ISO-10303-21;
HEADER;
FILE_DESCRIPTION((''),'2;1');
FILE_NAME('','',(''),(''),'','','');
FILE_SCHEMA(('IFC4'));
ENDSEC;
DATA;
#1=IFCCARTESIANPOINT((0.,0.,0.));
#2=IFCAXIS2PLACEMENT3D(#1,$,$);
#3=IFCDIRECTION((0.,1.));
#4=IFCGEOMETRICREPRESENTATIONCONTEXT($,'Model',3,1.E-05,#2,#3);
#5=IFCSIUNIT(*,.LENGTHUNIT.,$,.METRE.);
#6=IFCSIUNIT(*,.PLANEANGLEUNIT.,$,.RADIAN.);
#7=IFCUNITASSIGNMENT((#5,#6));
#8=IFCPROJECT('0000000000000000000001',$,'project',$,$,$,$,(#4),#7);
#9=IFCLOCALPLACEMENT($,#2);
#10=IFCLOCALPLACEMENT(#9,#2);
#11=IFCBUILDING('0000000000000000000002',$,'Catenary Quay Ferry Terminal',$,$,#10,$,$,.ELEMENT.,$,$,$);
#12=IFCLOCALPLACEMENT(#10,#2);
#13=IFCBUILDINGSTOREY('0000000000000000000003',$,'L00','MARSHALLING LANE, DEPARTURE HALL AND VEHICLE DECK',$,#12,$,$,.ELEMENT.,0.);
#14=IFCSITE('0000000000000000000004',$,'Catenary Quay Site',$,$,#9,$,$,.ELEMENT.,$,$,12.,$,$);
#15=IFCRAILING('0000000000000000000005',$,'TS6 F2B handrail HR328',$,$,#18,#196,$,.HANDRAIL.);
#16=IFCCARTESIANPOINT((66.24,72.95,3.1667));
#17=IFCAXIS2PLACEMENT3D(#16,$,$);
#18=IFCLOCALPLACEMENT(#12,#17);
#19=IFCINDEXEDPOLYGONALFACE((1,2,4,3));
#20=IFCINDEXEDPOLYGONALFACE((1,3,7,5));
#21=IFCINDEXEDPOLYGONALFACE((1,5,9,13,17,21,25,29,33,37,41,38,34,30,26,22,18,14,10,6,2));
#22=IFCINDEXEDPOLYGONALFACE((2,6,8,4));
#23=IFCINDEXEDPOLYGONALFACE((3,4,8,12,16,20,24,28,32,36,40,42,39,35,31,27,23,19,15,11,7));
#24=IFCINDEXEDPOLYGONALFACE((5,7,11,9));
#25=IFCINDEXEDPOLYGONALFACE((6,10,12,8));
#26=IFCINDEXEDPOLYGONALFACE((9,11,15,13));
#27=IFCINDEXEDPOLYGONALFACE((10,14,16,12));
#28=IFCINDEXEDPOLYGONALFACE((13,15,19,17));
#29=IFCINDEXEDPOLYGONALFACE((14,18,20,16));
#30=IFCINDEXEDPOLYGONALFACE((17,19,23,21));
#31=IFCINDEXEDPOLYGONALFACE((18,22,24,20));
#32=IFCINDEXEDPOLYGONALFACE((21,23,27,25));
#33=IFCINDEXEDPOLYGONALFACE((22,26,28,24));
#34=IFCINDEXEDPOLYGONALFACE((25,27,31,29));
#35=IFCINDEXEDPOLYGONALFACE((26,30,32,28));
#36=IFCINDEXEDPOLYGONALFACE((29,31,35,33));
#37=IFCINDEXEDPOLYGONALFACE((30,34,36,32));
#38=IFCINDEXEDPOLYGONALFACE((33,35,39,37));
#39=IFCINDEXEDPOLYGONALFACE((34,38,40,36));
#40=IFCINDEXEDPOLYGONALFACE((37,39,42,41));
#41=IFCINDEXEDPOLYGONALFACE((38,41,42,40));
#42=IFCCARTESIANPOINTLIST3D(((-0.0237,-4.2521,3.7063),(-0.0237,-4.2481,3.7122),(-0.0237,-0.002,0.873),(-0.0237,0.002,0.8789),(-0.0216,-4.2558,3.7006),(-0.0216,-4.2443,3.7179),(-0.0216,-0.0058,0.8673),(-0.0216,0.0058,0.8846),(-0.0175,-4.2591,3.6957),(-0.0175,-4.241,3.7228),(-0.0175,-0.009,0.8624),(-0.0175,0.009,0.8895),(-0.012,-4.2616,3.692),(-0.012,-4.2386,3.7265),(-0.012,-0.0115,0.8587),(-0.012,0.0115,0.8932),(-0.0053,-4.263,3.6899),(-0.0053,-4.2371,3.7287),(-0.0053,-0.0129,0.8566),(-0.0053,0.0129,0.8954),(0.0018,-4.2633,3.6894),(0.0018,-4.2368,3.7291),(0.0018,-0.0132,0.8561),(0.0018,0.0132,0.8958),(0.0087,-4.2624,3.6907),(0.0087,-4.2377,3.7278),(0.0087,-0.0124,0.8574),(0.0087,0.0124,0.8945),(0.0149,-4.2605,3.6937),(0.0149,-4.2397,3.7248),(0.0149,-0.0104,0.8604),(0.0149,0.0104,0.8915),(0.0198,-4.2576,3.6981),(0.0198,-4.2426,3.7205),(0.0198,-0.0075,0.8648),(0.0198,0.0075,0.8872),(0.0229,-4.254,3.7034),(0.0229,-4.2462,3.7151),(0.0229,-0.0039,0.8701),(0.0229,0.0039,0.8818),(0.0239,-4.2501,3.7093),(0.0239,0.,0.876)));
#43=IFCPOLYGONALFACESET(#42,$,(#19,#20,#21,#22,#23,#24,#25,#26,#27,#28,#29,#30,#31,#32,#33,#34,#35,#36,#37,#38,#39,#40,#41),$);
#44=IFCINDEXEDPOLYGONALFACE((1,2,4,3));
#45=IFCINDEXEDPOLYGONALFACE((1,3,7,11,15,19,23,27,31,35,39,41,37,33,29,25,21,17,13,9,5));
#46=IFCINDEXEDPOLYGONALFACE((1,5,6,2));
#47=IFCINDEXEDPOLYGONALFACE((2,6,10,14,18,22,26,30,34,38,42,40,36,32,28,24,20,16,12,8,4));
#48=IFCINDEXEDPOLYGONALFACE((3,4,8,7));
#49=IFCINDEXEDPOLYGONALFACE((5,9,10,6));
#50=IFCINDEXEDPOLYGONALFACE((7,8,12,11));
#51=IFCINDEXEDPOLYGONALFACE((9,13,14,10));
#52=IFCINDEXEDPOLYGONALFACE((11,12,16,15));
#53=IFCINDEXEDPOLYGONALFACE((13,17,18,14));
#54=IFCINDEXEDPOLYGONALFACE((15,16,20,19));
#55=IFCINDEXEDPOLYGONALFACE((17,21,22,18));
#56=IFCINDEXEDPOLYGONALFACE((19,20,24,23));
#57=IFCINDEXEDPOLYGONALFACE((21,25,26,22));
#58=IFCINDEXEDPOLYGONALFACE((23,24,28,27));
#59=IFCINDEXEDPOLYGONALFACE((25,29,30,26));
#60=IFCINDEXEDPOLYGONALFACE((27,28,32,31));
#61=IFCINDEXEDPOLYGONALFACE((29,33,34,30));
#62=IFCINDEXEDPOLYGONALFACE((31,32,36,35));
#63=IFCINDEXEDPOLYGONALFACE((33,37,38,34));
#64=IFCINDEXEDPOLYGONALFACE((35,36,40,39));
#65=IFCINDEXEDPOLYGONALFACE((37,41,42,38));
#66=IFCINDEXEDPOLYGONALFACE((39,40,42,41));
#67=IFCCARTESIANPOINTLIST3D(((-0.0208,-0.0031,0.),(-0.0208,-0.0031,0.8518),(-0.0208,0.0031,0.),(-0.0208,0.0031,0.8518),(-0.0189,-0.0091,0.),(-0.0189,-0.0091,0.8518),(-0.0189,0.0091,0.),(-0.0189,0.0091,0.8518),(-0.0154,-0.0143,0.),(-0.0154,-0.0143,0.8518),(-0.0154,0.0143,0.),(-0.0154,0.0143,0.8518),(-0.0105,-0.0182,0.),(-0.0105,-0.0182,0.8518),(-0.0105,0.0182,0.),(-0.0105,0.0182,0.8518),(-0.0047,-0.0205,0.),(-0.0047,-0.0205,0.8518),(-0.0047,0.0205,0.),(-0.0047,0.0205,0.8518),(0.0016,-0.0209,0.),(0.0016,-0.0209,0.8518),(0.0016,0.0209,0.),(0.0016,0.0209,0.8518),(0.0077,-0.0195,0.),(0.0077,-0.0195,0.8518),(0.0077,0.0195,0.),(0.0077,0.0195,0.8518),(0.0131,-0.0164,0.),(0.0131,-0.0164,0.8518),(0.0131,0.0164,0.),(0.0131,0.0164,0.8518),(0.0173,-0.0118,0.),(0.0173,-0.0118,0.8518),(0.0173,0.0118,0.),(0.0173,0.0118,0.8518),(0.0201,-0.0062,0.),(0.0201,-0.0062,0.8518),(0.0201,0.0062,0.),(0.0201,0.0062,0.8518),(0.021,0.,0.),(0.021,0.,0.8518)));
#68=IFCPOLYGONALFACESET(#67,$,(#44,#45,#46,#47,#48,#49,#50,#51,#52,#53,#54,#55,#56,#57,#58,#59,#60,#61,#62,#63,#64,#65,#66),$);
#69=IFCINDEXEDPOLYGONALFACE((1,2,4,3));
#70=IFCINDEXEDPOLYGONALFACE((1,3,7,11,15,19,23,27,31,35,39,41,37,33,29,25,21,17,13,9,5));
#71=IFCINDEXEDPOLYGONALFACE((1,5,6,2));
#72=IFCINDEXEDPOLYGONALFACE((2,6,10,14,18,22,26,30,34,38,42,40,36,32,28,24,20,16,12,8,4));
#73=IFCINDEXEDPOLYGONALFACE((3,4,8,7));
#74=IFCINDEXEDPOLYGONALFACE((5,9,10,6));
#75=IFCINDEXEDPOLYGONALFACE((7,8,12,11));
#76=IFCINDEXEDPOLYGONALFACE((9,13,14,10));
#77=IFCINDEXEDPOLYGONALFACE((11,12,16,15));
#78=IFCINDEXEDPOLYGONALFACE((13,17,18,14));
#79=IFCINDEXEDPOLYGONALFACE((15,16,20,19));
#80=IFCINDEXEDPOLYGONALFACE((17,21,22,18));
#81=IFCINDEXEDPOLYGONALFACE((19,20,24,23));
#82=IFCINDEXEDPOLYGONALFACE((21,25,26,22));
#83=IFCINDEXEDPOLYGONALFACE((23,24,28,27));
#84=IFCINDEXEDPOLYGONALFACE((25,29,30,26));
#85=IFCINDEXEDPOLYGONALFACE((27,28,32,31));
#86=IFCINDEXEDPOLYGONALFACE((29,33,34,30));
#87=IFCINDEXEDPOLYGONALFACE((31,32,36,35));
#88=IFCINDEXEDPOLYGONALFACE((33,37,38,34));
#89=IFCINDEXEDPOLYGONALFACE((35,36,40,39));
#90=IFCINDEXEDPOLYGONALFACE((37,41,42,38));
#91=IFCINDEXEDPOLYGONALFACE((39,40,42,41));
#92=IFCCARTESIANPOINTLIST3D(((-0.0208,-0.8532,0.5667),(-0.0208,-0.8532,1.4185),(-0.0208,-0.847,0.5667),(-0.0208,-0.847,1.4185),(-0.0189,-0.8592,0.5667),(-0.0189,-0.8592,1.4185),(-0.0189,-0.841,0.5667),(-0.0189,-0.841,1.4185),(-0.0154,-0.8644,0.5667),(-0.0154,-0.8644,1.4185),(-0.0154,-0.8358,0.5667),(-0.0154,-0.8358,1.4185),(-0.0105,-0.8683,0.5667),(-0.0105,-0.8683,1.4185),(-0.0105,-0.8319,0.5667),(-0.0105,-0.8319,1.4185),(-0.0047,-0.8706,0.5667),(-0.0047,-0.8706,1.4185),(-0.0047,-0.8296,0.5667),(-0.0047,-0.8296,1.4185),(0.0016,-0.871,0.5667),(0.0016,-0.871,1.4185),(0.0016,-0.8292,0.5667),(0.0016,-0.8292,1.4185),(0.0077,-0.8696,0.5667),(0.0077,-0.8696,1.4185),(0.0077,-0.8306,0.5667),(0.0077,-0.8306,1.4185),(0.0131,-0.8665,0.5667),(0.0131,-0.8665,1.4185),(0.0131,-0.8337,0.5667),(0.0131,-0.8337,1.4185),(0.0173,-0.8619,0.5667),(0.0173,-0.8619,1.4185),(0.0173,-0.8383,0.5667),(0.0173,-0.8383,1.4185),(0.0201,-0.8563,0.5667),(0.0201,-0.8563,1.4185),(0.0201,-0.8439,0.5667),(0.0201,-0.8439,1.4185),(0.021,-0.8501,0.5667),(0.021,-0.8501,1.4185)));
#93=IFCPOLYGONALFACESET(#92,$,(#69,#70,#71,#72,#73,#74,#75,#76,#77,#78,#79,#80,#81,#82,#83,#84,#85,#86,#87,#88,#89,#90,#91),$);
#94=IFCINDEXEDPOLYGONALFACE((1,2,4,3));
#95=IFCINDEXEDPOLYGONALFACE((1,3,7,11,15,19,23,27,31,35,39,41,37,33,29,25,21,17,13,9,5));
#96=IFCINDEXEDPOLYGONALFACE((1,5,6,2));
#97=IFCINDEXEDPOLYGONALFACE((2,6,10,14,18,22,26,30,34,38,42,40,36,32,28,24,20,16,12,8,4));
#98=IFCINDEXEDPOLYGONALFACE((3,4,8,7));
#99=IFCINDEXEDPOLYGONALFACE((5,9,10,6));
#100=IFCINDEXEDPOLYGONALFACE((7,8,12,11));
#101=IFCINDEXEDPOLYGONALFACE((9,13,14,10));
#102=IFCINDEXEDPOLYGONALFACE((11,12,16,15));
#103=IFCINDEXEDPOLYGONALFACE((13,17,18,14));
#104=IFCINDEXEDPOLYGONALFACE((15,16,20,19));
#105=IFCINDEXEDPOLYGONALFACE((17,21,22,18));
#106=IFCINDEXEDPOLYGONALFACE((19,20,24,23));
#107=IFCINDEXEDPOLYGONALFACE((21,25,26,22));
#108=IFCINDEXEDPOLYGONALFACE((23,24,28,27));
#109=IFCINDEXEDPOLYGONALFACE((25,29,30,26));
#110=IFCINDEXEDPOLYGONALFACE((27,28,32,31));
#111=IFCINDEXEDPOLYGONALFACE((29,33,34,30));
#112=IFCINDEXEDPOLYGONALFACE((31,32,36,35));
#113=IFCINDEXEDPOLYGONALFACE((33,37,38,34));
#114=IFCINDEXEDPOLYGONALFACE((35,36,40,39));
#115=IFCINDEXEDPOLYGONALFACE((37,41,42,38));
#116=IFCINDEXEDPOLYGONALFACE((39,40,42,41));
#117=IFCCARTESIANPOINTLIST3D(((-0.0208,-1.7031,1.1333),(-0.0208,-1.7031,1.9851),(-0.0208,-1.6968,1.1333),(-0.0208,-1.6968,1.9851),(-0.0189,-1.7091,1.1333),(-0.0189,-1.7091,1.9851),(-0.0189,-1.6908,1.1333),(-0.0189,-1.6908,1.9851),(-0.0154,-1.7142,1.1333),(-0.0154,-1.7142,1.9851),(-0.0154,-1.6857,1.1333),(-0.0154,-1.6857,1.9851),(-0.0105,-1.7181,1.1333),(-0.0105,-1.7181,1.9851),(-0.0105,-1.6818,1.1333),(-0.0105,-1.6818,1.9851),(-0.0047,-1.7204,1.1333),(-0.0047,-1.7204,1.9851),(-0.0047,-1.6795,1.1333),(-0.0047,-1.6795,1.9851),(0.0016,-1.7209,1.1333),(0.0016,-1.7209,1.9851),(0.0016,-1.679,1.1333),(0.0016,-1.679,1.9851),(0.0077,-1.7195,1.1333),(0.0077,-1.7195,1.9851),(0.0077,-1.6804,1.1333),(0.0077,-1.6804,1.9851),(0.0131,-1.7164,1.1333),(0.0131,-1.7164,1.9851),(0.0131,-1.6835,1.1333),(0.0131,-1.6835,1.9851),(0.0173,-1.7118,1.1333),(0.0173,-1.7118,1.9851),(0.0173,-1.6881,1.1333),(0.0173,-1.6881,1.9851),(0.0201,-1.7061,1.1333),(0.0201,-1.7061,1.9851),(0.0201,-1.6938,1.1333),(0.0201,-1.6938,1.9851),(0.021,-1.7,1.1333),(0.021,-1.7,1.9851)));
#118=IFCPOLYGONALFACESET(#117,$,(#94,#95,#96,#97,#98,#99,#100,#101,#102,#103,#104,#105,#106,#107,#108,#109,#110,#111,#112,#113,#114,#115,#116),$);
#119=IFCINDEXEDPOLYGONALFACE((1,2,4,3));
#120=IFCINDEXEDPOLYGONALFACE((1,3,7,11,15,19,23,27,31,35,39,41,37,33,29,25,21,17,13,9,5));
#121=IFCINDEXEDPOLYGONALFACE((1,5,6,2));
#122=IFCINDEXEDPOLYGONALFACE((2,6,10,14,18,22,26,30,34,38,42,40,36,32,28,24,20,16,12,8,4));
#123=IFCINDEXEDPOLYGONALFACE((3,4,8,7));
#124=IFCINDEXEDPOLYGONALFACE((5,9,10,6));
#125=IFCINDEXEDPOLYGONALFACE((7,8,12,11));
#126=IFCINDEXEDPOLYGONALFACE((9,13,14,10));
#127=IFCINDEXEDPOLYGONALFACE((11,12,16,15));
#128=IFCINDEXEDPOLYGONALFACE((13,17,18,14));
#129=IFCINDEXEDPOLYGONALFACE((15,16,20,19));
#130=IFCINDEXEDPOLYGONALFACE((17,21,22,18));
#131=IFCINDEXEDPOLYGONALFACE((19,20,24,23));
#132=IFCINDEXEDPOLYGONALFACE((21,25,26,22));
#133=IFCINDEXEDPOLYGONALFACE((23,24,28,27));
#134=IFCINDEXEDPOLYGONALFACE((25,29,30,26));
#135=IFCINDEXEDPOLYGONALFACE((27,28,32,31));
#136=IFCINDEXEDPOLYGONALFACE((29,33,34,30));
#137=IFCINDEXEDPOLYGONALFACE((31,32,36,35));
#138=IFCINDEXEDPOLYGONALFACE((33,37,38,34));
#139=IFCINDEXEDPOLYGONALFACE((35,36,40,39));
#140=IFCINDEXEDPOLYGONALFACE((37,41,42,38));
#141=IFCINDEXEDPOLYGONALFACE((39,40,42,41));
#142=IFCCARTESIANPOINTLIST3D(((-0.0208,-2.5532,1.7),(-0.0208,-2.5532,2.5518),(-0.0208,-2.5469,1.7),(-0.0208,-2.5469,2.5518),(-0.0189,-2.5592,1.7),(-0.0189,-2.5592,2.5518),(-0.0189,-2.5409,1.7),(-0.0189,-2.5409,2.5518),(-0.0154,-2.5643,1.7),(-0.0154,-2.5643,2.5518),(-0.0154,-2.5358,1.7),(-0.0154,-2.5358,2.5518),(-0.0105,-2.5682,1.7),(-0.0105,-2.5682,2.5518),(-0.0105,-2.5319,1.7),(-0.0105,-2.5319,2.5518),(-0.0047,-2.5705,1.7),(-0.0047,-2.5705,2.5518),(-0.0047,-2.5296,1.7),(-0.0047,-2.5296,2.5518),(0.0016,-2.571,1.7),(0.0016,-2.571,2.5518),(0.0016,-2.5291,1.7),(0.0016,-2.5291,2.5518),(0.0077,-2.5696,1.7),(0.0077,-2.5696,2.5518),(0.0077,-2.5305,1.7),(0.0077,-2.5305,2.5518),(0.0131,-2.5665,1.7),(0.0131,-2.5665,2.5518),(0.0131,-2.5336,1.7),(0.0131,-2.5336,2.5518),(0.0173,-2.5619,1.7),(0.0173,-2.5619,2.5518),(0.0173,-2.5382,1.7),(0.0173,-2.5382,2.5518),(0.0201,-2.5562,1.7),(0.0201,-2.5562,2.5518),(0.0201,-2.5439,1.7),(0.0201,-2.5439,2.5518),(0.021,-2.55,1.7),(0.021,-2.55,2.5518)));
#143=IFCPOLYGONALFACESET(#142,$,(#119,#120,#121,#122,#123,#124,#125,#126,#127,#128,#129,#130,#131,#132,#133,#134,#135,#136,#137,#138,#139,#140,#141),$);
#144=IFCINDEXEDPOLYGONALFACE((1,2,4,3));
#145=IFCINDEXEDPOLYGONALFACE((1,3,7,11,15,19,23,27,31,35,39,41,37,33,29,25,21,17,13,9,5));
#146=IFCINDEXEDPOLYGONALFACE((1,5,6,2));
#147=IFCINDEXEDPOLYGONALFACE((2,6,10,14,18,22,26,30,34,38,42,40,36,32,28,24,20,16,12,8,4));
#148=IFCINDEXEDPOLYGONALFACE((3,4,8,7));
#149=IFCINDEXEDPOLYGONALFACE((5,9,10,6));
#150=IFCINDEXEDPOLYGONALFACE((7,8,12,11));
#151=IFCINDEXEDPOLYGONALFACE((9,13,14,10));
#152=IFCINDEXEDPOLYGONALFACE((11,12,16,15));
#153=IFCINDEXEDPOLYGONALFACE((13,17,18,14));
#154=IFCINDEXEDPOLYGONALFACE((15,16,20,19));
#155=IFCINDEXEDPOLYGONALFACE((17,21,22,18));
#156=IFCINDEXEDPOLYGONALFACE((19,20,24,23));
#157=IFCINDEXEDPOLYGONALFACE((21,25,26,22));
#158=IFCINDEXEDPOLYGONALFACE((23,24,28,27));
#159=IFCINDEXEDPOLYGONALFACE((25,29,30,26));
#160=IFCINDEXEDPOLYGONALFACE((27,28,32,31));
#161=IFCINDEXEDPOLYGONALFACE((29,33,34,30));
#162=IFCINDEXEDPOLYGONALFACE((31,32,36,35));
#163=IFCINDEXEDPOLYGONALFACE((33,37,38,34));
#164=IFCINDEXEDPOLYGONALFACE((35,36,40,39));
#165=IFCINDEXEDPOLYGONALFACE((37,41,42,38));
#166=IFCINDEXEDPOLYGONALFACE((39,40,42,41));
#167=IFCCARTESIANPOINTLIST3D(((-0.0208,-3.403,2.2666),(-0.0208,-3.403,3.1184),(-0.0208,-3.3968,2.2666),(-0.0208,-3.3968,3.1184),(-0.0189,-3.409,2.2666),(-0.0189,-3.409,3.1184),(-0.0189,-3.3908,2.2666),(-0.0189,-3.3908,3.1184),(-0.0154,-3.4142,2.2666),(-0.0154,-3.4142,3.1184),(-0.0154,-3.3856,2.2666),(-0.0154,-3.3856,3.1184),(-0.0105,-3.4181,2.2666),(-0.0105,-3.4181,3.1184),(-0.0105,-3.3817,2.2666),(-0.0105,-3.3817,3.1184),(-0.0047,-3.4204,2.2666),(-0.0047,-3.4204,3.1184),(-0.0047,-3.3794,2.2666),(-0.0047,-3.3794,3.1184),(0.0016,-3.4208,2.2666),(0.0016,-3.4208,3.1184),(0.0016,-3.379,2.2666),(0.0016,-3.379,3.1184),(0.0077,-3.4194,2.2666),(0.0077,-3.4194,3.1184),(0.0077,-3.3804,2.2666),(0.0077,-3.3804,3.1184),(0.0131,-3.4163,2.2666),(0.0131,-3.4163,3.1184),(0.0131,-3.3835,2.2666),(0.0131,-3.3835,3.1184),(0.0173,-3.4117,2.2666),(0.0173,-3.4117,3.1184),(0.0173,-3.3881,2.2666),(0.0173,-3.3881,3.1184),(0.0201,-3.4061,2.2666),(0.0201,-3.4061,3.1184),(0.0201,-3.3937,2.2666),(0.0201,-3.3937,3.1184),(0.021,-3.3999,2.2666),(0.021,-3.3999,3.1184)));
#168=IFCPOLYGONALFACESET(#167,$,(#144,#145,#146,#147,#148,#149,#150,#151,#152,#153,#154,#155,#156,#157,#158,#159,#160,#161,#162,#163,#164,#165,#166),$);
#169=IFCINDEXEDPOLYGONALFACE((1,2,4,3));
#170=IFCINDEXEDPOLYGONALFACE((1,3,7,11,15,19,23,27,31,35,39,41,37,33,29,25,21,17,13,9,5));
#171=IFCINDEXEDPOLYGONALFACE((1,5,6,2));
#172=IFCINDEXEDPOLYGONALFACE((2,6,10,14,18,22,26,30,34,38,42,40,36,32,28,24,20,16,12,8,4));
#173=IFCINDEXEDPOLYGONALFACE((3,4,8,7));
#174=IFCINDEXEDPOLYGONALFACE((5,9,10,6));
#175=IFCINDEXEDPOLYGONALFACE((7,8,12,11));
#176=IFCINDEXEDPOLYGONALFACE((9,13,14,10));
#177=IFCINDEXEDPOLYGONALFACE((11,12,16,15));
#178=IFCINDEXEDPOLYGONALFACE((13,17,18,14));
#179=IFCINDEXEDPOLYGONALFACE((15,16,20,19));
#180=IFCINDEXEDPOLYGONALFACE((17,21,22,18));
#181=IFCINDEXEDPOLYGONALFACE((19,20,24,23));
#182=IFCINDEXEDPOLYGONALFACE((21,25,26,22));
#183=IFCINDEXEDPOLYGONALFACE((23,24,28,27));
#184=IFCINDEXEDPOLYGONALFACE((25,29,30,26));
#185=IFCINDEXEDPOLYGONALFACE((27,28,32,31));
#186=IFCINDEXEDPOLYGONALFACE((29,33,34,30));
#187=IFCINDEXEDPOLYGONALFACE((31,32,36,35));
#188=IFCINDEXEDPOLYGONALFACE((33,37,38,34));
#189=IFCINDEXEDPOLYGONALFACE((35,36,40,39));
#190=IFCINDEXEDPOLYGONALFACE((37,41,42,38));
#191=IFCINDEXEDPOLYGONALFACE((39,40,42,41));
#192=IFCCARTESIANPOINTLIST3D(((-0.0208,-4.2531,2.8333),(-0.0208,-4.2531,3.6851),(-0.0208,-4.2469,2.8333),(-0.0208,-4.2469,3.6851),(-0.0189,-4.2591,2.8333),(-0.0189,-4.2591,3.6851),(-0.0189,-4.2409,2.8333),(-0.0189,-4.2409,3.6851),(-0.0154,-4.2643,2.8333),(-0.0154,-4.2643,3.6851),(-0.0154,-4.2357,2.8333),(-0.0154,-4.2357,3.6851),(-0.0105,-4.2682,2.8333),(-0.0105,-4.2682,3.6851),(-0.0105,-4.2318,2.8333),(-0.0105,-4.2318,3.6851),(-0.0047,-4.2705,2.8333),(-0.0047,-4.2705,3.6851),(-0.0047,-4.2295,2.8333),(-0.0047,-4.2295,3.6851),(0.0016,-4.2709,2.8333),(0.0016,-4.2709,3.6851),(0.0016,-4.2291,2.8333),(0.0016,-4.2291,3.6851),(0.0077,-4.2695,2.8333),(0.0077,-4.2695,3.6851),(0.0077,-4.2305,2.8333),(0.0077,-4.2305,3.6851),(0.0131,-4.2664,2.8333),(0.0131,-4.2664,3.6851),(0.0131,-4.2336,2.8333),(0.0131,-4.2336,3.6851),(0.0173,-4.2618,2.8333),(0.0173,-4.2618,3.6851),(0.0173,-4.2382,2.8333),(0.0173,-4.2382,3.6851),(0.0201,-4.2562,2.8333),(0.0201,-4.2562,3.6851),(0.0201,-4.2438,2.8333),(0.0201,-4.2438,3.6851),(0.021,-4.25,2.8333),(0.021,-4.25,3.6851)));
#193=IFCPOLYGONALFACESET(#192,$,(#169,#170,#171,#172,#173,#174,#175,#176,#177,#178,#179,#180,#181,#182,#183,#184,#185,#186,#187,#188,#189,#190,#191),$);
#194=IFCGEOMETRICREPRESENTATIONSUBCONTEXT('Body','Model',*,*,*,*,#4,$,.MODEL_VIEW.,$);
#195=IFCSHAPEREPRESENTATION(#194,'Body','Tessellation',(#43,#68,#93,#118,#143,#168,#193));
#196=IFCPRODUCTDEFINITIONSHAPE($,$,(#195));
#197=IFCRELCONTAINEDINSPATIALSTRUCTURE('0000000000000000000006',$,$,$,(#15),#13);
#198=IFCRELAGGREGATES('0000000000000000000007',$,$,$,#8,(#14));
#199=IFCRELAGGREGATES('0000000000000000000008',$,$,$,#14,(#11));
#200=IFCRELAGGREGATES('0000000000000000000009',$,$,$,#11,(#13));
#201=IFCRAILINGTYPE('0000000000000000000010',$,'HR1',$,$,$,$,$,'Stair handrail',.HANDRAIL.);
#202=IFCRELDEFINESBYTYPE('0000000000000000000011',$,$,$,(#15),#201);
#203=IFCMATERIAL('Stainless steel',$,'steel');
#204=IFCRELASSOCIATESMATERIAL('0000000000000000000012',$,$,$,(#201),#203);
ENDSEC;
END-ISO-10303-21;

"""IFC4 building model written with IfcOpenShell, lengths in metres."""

from ifc_helpers import new_model, si_unit, direction, frame, origin, origin_2d, place, context, subcontext, project, spatial, circle, extrude, material, type_object, element, save


model = new_model("IFC4")

# Units and contexts
model_context = context("Model", 3, precision=1e-05, world=origin(), true_north=direction((0.0, 1.0)))
body_context = subcontext(model_context, "Body", "Model", "MODEL_VIEW")
ifc_project = project(units=[si_unit("LENGTHUNIT", "METRE"), si_unit("PLANEANGLEUNIT", "RADIAN")], contexts=[model_context])

# Site, building, storey
site_placement = place(None, origin())
site = spatial("IfcSite", under=ifc_project, at=site_placement, Name="Catenary Quay Site", CompositionType="ELEMENT", RefElevation=12.0)
building_placement = place(site_placement, origin())
building = spatial("IfcBuilding", under=site, at=building_placement, Name="Catenary Quay Ferry Terminal", CompositionType="ELEMENT")
storey_placement = place(building_placement, origin())
storey = spatial("IfcBuildingStorey", under=building, at=storey_placement, Name="L00", Description="MARSHALLING LANE, DEPARTURE HALL AND VEHICLE DECK", CompositionType="ELEMENT", Elevation=0.0)

# Railing
ifc_material_1 = material(Name="Stainless steel", Category="steel")
railing_type_1 = type_object("IfcRailingType", Name="HR1", ElementType="Stair handrail", PredefinedType="HANDRAIL", material=ifc_material_1)
for number, where, name in (
    (1, (66.24, 72.95, 3.1667), "TS6 F2B handrail HR328"),
):
    element("IfcRailing", number, at=place(storey_placement, frame(where)), inside=storey, type_object=railing_type_1, Name=name, PredefinedType="HANDRAIL", context=body_context, shape_type="SweptSolid", body=[
        extrude(circle(Radius=0.0239, at=origin_2d()), frame((0.0, 0.0, 0.876), z_axis=(0.0, -0.832058, 0.554689), x_axis=(1.0, 0.0, 0.0)), (0.0, 0.0, 1.0), 5.1079),
        extrude(circle(Radius=0.021, at=origin_2d()), origin(), (0.0, 0.0, 1.0), 0.8518),
        extrude(circle(Radius=0.021, at=origin_2d()), frame((0.0, -0.8501, 0.5667)), (0.0, 0.0, 1.0), 0.8518),
        extrude(circle(Radius=0.021, at=origin_2d()), frame((0.0, -1.7, 1.1333)), (0.0, 0.0, 1.0), 0.8518),
        extrude(circle(Radius=0.021, at=origin_2d()), frame((0.0, -2.55, 1.7)), (0.0, 0.0, 1.0), 0.8518),
        extrude(circle(Radius=0.021, at=origin_2d()), frame((0.0, -3.3999, 2.2666)), (0.0, 0.0, 1.0), 0.8518),
        extrude(circle(Radius=0.021, at=origin_2d()), frame((0.0, -4.25, 2.8333)), (0.0, 0.0, 1.0), 0.8518),
    ])

save(model, "model.ifc")
